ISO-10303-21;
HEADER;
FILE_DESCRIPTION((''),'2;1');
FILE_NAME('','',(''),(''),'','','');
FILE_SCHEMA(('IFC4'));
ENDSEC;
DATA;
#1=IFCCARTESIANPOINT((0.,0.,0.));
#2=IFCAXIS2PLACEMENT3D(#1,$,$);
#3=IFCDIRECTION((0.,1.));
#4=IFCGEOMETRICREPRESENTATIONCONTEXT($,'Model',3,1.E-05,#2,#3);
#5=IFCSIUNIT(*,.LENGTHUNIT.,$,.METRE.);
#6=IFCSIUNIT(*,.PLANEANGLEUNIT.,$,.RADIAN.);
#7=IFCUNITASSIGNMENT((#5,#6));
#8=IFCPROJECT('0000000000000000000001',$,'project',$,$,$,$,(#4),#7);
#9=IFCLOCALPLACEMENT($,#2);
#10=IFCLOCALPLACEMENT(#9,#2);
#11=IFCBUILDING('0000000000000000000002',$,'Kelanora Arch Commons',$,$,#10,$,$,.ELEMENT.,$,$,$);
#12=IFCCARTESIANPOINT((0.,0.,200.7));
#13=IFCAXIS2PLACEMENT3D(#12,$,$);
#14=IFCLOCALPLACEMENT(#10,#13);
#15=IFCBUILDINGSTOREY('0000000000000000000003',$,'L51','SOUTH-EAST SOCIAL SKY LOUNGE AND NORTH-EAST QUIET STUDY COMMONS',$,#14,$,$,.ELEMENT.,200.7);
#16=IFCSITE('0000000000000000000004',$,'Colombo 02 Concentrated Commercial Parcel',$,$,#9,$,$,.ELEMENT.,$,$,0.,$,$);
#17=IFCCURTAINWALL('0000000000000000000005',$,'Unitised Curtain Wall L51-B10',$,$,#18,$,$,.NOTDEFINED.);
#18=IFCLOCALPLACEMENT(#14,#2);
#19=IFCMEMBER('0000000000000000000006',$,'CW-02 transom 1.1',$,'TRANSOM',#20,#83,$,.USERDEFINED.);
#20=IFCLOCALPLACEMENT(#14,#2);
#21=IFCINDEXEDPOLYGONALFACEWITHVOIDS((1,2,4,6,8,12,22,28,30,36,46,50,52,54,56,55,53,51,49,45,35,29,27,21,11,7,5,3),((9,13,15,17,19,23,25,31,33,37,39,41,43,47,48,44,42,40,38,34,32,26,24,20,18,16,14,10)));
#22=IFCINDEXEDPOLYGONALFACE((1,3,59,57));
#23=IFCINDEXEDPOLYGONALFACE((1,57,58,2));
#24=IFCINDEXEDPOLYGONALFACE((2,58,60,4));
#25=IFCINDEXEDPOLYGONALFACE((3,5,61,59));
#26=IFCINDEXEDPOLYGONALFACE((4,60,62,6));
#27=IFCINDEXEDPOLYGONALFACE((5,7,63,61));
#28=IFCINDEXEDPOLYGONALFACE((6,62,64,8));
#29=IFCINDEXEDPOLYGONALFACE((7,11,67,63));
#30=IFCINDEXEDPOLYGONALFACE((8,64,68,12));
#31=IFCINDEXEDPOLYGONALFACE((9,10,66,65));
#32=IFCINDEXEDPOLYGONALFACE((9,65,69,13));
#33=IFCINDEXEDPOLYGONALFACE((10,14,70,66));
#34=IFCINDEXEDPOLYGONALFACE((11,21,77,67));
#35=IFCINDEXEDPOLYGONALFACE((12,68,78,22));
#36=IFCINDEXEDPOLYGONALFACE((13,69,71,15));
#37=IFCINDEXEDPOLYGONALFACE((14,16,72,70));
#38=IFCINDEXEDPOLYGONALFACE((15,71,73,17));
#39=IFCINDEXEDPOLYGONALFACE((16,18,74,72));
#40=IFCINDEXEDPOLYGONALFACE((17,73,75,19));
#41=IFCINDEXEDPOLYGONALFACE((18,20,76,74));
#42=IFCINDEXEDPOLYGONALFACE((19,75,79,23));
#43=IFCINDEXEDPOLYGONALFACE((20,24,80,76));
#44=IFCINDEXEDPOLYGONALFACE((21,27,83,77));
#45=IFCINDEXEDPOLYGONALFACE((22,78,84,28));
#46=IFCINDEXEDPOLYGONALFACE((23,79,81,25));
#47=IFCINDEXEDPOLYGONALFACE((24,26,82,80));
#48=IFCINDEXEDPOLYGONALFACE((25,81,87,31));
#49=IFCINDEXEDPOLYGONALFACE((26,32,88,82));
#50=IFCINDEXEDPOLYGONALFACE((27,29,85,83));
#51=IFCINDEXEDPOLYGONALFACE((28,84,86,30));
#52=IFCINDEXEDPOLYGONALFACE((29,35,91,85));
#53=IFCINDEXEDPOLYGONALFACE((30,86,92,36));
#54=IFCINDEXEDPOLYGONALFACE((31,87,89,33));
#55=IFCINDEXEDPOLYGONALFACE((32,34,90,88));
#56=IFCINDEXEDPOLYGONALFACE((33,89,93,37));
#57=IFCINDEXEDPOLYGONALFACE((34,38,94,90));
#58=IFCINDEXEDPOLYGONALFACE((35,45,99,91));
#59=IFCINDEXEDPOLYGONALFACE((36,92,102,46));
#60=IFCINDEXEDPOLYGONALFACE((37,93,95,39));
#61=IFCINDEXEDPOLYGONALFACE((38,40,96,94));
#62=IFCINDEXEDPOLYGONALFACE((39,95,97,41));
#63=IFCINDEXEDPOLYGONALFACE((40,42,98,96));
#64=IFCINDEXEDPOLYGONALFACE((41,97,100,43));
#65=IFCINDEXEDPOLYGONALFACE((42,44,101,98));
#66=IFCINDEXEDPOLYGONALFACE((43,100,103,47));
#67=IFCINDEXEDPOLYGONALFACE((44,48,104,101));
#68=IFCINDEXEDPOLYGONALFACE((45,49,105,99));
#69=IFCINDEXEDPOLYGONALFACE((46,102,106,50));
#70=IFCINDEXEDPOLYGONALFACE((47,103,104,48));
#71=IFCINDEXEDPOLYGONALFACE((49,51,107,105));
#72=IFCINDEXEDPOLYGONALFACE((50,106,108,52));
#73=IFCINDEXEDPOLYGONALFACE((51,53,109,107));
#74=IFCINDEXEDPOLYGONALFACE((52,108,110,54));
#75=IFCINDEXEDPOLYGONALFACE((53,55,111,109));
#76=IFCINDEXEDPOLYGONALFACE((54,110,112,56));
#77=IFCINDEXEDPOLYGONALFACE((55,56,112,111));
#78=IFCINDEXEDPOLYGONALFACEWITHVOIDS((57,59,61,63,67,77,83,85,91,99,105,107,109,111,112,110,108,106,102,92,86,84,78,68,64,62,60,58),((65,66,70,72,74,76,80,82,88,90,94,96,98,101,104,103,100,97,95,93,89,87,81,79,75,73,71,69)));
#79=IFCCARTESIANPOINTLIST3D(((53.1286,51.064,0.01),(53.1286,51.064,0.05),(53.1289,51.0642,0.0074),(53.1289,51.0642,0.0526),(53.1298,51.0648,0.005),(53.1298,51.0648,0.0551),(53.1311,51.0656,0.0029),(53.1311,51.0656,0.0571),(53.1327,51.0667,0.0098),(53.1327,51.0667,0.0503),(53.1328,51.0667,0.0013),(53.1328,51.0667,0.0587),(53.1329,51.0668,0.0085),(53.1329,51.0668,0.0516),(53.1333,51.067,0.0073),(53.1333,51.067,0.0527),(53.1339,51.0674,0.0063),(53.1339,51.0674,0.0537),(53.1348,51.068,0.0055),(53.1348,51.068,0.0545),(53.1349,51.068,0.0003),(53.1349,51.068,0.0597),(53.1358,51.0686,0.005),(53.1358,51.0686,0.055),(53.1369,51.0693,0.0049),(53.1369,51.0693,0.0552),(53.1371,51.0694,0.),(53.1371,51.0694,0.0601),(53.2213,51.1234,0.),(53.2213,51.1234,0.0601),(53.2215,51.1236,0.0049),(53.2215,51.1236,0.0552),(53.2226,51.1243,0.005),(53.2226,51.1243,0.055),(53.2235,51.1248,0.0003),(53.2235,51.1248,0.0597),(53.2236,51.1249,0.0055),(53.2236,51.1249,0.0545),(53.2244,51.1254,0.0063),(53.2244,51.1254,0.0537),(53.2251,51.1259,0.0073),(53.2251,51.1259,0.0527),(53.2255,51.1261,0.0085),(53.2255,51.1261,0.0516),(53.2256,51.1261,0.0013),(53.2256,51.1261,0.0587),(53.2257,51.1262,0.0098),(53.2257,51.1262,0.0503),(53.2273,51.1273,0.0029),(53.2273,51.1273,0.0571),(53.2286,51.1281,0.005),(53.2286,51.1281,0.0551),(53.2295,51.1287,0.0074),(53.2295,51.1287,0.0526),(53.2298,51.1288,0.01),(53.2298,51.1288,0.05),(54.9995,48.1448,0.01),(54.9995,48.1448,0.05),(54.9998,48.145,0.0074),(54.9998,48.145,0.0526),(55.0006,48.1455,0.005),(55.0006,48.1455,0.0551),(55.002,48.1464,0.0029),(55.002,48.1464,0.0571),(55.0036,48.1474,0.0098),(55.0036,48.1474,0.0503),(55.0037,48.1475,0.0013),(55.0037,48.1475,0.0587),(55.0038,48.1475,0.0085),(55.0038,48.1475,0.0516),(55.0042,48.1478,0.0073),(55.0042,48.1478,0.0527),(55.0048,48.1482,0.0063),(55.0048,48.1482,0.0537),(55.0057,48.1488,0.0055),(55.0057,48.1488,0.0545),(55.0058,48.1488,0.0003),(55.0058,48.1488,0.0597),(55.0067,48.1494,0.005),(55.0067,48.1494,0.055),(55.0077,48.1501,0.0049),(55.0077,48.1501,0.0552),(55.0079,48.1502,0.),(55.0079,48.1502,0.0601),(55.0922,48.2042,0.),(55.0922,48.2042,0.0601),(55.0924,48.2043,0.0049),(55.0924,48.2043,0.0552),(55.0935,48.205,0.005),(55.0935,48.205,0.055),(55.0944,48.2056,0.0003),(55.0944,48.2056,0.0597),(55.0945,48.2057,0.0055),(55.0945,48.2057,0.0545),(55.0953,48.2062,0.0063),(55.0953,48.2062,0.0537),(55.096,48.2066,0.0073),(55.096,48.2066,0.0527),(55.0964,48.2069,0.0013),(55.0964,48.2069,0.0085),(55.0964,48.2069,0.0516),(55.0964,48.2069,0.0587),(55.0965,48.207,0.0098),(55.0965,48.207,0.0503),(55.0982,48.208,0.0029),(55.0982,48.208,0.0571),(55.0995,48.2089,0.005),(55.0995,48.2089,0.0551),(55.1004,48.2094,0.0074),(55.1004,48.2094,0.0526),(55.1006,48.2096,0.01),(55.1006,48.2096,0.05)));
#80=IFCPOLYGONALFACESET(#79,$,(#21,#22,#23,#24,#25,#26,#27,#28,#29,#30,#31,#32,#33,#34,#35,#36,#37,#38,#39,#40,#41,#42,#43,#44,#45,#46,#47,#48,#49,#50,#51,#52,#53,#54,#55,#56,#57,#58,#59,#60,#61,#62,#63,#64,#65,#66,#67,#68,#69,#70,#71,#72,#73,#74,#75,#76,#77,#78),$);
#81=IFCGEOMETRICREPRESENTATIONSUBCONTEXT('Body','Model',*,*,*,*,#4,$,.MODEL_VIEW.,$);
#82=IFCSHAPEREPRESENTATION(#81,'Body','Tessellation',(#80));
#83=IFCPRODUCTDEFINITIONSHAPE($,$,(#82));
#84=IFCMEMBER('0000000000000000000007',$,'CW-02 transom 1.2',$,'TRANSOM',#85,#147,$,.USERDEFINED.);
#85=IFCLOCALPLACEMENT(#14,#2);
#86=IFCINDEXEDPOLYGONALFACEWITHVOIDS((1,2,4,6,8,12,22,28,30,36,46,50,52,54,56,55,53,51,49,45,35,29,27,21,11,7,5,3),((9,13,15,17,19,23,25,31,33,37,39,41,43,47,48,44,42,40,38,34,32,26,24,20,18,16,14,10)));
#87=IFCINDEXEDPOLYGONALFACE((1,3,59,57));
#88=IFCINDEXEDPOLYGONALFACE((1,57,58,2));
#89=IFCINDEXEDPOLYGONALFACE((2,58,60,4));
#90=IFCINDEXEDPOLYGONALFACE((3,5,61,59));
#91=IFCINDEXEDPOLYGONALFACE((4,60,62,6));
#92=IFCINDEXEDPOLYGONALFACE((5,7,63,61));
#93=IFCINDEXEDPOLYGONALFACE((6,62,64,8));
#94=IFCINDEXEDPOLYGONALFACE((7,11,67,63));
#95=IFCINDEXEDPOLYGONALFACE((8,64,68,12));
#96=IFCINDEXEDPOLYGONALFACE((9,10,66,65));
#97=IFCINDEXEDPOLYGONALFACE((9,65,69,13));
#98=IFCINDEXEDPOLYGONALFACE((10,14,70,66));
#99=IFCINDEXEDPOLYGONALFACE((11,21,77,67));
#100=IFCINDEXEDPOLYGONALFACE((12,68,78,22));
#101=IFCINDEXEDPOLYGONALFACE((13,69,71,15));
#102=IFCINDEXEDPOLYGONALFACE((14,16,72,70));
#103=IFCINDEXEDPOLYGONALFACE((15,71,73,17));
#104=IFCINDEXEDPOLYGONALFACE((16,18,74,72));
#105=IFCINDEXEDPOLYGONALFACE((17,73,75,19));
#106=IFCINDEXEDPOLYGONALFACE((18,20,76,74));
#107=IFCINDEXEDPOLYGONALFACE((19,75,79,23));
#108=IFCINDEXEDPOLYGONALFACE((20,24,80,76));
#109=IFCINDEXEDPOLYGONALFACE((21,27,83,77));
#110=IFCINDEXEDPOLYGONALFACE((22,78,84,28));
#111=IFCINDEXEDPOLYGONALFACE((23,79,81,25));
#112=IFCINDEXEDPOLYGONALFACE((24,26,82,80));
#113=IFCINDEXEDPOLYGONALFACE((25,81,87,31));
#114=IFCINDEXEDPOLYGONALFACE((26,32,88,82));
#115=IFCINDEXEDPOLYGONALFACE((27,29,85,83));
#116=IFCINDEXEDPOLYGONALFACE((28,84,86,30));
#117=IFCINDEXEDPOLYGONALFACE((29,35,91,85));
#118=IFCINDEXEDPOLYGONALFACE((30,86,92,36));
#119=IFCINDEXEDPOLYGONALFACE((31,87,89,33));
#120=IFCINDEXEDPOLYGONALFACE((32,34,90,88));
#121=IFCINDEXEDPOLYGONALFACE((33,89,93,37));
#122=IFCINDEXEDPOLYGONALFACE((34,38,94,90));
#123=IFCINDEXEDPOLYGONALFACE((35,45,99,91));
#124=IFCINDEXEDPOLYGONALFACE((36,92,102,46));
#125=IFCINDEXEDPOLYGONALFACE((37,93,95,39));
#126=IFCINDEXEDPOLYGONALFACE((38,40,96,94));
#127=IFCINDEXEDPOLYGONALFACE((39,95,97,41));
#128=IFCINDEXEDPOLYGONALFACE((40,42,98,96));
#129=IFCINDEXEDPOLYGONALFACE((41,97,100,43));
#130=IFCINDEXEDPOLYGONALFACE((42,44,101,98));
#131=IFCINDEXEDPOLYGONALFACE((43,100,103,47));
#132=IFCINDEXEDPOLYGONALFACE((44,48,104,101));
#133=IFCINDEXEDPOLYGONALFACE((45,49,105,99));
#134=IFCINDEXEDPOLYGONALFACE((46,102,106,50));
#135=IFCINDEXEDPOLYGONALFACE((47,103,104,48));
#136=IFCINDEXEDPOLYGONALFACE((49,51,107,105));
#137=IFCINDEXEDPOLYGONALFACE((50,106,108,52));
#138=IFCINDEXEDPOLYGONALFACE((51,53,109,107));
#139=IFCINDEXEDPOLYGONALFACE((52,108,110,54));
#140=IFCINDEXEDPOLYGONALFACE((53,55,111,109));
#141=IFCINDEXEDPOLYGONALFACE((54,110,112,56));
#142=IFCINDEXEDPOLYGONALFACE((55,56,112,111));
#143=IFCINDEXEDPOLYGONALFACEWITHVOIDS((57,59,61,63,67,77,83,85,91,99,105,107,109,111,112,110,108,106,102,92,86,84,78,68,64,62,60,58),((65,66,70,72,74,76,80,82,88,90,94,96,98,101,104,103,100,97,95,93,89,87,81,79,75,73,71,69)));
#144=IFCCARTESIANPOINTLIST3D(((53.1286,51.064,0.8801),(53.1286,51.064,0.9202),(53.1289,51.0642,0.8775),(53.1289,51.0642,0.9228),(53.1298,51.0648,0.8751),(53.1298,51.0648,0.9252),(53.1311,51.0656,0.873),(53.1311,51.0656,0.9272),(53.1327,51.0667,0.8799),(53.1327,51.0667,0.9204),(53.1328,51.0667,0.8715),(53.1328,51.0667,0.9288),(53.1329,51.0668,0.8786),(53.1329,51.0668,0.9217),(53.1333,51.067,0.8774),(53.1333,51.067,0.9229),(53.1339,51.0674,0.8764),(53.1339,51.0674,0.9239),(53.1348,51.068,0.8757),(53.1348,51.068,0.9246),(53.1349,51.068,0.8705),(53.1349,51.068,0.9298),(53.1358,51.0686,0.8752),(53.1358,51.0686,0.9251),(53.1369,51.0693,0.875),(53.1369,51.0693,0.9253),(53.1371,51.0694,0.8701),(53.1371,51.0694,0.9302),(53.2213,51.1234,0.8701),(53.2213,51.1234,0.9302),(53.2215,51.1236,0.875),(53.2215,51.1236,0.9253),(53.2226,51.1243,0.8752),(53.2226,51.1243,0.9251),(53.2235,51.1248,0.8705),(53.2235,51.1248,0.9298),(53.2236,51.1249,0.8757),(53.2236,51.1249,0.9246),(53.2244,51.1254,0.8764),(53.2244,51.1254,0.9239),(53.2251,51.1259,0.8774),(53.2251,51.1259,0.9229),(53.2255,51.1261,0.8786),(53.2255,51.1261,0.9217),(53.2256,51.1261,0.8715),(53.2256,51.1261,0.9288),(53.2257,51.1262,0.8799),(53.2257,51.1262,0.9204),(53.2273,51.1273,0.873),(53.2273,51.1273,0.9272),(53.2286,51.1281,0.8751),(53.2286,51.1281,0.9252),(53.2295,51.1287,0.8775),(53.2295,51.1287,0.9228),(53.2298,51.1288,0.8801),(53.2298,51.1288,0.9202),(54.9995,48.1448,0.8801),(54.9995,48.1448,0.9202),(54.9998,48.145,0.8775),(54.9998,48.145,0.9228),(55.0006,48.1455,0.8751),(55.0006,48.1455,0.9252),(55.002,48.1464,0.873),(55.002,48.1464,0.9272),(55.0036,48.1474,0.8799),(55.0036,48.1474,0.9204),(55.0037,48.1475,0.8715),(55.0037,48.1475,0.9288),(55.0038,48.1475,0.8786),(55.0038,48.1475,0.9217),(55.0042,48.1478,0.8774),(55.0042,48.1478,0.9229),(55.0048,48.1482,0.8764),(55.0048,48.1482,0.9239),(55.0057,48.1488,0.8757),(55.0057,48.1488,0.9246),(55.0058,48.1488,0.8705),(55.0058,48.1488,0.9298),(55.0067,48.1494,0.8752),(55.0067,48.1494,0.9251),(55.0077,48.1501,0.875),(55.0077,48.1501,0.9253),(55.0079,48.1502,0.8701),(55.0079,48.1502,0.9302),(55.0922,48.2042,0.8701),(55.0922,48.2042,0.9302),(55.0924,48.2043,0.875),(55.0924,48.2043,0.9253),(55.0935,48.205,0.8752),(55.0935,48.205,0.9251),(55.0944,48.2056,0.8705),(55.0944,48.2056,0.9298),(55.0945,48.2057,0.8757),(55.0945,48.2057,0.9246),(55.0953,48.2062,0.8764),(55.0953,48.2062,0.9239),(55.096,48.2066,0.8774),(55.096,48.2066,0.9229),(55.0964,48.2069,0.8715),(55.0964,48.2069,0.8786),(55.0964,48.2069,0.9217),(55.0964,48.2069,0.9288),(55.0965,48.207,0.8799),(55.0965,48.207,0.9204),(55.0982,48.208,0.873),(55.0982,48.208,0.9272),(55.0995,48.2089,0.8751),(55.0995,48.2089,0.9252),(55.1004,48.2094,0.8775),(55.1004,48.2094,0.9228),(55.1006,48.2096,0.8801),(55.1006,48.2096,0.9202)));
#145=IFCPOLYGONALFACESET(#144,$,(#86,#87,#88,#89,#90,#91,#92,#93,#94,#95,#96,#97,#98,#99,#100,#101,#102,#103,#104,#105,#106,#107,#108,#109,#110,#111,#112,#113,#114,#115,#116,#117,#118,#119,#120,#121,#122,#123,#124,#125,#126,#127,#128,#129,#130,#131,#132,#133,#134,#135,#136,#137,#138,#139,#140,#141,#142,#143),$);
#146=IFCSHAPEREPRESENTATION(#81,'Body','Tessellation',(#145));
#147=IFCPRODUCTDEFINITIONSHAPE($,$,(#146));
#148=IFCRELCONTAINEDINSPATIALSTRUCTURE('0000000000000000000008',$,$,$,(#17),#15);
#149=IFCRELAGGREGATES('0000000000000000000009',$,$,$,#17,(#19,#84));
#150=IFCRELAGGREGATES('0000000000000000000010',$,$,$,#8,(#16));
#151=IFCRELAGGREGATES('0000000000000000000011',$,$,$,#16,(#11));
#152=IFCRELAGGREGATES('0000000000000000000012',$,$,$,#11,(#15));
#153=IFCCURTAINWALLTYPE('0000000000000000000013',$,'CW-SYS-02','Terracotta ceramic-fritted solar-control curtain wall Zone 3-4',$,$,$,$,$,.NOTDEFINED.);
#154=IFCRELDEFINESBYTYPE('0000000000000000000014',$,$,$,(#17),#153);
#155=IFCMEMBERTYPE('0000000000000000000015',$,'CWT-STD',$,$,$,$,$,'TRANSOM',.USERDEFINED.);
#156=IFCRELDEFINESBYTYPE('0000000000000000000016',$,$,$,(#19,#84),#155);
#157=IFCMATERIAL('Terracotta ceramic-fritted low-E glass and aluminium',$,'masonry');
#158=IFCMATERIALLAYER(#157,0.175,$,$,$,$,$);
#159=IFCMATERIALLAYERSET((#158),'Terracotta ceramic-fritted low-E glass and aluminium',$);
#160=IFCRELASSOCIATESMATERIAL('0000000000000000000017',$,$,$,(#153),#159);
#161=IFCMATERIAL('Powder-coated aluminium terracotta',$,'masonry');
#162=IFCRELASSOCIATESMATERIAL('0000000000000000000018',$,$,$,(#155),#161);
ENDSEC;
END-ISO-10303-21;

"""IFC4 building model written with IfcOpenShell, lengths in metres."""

from ifc_helpers import new_model, si_unit, direction, frame, origin, origin_2d, place, context, subcontext, project, spatial, hollow_rectangle, extrude, material, layer, layer_set, material_profile, profile_set, type_object, element, aggregate, save


model = new_model("IFC4")

# Units and contexts
model_context = context("Model", 3, precision=1e-05, world=origin(), true_north=direction((0.0, 1.0)))
body_context = subcontext(model_context, "Body", "Model", "MODEL_VIEW")
ifc_project = project(units=[si_unit("LENGTHUNIT", "METRE"), si_unit("PLANEANGLEUNIT", "RADIAN")], contexts=[model_context])

# Site, building, storey
site_placement = place(None, origin())
site = spatial("IfcSite", under=ifc_project, at=site_placement, Name="Colombo 02 Concentrated Commercial Parcel", CompositionType="ELEMENT", RefElevation=0.0)
building_placement = place(site_placement, origin())
building = spatial("IfcBuilding", under=site, at=building_placement, Name="Kelanora Arch Commons", CompositionType="ELEMENT")
storey_placement = place(building_placement, frame((0.0, 0.0, 200.7)))
storey = spatial("IfcBuildingStorey", under=building, at=storey_placement, Name="L51", Description="SOUTH-EAST SOCIAL SKY LOUNGE AND NORTH-EAST QUIET STUDY COMMONS", CompositionType="ELEMENT", Elevation=200.7)

# Curtain wall, members
ifc_material_1 = material(Name="Terracotta ceramic-fritted low-E glass and aluminium", Category="masonry")
ifc_layer_1 = layer(ifc_material_1, 0.175)
ifc_layer_set_1 = layer_set([ifc_layer_1], Name="Terracotta ceramic-fritted low-E glass and aluminium")
curtain_wall_type = type_object("IfcCurtainWallType", Name="CW-SYS-02", Description="Terracotta ceramic-fritted solar-control curtain wall Zone 3-4", PredefinedType="NOTDEFINED", material=ifc_layer_set_1)
curtain_wall_placement = place(storey_placement, origin())
curtain_wall = element("IfcCurtainWall", 1, at=curtain_wall_placement, inside=storey, type_object=curtain_wall_type, Name="Unitised Curtain Wall L51-B10", PredefinedType="NOTDEFINED")
ifc_material_2 = material(Name="Powder-coated aluminium terracotta", Category="masonry")
ifc_material_profile_1 = material_profile(ifc_material_2, hollow_rectangle(XDim=0.1201, YDim=0.0601, WallThickness=0.0049, InnerFilletRadius=0.0049, OuterFilletRadius=0.01, at=origin_2d()), Name="CWT120x60")
ifc_profile_set_1 = profile_set([ifc_material_profile_1], Name="Powder-coated aluminium terracotta")
member_type_1 = type_object("IfcMemberType", Name="CWT-STD", ElementType="TRANSOM", PredefinedType="USERDEFINED", material=ifc_profile_set_1)
member_1_placement = place(storey_placement, frame((53.1792, 51.0964, 0.03), z_axis=(0.539579, -0.841935, 0.0), x_axis=(0.841935, 0.539579, 0.0)))
member_1 = element("IfcMember", 2, at=member_1_placement, type_object=member_type_1, Name="CW-02 transom 1.1", ObjectType="TRANSOM", PredefinedType="USERDEFINED", context=body_context, shape_type="SweptSolid", body=[
    extrude(hollow_rectangle(XDim=0.1201, YDim=0.0601, WallThickness=0.0049, InnerFilletRadius=0.0049, OuterFilletRadius=0.01, at=origin_2d()), origin(), (0.0, 0.0, 1.0), 3.4673),
])
member_2_placement = place(storey_placement, frame((53.1792, 51.0964, 0.9001), z_axis=(0.539579, -0.841935, 0.0), x_axis=(0.841935, 0.539579, 0.0)))
member_2 = element("IfcMember", 3, at=member_2_placement, type_object=member_type_1, Name="CW-02 transom 1.2", ObjectType="TRANSOM", PredefinedType="USERDEFINED", context=body_context, shape_type="SweptSolid", body=[
    extrude(hollow_rectangle(XDim=0.1201, YDim=0.0601, WallThickness=0.0049, InnerFilletRadius=0.0049, OuterFilletRadius=0.01, at=origin_2d()), origin(), (0.0, 0.0, 1.0), 3.4673),
])

aggregate(curtain_wall, [member_1, member_2])

save(model, "model.ifc")
